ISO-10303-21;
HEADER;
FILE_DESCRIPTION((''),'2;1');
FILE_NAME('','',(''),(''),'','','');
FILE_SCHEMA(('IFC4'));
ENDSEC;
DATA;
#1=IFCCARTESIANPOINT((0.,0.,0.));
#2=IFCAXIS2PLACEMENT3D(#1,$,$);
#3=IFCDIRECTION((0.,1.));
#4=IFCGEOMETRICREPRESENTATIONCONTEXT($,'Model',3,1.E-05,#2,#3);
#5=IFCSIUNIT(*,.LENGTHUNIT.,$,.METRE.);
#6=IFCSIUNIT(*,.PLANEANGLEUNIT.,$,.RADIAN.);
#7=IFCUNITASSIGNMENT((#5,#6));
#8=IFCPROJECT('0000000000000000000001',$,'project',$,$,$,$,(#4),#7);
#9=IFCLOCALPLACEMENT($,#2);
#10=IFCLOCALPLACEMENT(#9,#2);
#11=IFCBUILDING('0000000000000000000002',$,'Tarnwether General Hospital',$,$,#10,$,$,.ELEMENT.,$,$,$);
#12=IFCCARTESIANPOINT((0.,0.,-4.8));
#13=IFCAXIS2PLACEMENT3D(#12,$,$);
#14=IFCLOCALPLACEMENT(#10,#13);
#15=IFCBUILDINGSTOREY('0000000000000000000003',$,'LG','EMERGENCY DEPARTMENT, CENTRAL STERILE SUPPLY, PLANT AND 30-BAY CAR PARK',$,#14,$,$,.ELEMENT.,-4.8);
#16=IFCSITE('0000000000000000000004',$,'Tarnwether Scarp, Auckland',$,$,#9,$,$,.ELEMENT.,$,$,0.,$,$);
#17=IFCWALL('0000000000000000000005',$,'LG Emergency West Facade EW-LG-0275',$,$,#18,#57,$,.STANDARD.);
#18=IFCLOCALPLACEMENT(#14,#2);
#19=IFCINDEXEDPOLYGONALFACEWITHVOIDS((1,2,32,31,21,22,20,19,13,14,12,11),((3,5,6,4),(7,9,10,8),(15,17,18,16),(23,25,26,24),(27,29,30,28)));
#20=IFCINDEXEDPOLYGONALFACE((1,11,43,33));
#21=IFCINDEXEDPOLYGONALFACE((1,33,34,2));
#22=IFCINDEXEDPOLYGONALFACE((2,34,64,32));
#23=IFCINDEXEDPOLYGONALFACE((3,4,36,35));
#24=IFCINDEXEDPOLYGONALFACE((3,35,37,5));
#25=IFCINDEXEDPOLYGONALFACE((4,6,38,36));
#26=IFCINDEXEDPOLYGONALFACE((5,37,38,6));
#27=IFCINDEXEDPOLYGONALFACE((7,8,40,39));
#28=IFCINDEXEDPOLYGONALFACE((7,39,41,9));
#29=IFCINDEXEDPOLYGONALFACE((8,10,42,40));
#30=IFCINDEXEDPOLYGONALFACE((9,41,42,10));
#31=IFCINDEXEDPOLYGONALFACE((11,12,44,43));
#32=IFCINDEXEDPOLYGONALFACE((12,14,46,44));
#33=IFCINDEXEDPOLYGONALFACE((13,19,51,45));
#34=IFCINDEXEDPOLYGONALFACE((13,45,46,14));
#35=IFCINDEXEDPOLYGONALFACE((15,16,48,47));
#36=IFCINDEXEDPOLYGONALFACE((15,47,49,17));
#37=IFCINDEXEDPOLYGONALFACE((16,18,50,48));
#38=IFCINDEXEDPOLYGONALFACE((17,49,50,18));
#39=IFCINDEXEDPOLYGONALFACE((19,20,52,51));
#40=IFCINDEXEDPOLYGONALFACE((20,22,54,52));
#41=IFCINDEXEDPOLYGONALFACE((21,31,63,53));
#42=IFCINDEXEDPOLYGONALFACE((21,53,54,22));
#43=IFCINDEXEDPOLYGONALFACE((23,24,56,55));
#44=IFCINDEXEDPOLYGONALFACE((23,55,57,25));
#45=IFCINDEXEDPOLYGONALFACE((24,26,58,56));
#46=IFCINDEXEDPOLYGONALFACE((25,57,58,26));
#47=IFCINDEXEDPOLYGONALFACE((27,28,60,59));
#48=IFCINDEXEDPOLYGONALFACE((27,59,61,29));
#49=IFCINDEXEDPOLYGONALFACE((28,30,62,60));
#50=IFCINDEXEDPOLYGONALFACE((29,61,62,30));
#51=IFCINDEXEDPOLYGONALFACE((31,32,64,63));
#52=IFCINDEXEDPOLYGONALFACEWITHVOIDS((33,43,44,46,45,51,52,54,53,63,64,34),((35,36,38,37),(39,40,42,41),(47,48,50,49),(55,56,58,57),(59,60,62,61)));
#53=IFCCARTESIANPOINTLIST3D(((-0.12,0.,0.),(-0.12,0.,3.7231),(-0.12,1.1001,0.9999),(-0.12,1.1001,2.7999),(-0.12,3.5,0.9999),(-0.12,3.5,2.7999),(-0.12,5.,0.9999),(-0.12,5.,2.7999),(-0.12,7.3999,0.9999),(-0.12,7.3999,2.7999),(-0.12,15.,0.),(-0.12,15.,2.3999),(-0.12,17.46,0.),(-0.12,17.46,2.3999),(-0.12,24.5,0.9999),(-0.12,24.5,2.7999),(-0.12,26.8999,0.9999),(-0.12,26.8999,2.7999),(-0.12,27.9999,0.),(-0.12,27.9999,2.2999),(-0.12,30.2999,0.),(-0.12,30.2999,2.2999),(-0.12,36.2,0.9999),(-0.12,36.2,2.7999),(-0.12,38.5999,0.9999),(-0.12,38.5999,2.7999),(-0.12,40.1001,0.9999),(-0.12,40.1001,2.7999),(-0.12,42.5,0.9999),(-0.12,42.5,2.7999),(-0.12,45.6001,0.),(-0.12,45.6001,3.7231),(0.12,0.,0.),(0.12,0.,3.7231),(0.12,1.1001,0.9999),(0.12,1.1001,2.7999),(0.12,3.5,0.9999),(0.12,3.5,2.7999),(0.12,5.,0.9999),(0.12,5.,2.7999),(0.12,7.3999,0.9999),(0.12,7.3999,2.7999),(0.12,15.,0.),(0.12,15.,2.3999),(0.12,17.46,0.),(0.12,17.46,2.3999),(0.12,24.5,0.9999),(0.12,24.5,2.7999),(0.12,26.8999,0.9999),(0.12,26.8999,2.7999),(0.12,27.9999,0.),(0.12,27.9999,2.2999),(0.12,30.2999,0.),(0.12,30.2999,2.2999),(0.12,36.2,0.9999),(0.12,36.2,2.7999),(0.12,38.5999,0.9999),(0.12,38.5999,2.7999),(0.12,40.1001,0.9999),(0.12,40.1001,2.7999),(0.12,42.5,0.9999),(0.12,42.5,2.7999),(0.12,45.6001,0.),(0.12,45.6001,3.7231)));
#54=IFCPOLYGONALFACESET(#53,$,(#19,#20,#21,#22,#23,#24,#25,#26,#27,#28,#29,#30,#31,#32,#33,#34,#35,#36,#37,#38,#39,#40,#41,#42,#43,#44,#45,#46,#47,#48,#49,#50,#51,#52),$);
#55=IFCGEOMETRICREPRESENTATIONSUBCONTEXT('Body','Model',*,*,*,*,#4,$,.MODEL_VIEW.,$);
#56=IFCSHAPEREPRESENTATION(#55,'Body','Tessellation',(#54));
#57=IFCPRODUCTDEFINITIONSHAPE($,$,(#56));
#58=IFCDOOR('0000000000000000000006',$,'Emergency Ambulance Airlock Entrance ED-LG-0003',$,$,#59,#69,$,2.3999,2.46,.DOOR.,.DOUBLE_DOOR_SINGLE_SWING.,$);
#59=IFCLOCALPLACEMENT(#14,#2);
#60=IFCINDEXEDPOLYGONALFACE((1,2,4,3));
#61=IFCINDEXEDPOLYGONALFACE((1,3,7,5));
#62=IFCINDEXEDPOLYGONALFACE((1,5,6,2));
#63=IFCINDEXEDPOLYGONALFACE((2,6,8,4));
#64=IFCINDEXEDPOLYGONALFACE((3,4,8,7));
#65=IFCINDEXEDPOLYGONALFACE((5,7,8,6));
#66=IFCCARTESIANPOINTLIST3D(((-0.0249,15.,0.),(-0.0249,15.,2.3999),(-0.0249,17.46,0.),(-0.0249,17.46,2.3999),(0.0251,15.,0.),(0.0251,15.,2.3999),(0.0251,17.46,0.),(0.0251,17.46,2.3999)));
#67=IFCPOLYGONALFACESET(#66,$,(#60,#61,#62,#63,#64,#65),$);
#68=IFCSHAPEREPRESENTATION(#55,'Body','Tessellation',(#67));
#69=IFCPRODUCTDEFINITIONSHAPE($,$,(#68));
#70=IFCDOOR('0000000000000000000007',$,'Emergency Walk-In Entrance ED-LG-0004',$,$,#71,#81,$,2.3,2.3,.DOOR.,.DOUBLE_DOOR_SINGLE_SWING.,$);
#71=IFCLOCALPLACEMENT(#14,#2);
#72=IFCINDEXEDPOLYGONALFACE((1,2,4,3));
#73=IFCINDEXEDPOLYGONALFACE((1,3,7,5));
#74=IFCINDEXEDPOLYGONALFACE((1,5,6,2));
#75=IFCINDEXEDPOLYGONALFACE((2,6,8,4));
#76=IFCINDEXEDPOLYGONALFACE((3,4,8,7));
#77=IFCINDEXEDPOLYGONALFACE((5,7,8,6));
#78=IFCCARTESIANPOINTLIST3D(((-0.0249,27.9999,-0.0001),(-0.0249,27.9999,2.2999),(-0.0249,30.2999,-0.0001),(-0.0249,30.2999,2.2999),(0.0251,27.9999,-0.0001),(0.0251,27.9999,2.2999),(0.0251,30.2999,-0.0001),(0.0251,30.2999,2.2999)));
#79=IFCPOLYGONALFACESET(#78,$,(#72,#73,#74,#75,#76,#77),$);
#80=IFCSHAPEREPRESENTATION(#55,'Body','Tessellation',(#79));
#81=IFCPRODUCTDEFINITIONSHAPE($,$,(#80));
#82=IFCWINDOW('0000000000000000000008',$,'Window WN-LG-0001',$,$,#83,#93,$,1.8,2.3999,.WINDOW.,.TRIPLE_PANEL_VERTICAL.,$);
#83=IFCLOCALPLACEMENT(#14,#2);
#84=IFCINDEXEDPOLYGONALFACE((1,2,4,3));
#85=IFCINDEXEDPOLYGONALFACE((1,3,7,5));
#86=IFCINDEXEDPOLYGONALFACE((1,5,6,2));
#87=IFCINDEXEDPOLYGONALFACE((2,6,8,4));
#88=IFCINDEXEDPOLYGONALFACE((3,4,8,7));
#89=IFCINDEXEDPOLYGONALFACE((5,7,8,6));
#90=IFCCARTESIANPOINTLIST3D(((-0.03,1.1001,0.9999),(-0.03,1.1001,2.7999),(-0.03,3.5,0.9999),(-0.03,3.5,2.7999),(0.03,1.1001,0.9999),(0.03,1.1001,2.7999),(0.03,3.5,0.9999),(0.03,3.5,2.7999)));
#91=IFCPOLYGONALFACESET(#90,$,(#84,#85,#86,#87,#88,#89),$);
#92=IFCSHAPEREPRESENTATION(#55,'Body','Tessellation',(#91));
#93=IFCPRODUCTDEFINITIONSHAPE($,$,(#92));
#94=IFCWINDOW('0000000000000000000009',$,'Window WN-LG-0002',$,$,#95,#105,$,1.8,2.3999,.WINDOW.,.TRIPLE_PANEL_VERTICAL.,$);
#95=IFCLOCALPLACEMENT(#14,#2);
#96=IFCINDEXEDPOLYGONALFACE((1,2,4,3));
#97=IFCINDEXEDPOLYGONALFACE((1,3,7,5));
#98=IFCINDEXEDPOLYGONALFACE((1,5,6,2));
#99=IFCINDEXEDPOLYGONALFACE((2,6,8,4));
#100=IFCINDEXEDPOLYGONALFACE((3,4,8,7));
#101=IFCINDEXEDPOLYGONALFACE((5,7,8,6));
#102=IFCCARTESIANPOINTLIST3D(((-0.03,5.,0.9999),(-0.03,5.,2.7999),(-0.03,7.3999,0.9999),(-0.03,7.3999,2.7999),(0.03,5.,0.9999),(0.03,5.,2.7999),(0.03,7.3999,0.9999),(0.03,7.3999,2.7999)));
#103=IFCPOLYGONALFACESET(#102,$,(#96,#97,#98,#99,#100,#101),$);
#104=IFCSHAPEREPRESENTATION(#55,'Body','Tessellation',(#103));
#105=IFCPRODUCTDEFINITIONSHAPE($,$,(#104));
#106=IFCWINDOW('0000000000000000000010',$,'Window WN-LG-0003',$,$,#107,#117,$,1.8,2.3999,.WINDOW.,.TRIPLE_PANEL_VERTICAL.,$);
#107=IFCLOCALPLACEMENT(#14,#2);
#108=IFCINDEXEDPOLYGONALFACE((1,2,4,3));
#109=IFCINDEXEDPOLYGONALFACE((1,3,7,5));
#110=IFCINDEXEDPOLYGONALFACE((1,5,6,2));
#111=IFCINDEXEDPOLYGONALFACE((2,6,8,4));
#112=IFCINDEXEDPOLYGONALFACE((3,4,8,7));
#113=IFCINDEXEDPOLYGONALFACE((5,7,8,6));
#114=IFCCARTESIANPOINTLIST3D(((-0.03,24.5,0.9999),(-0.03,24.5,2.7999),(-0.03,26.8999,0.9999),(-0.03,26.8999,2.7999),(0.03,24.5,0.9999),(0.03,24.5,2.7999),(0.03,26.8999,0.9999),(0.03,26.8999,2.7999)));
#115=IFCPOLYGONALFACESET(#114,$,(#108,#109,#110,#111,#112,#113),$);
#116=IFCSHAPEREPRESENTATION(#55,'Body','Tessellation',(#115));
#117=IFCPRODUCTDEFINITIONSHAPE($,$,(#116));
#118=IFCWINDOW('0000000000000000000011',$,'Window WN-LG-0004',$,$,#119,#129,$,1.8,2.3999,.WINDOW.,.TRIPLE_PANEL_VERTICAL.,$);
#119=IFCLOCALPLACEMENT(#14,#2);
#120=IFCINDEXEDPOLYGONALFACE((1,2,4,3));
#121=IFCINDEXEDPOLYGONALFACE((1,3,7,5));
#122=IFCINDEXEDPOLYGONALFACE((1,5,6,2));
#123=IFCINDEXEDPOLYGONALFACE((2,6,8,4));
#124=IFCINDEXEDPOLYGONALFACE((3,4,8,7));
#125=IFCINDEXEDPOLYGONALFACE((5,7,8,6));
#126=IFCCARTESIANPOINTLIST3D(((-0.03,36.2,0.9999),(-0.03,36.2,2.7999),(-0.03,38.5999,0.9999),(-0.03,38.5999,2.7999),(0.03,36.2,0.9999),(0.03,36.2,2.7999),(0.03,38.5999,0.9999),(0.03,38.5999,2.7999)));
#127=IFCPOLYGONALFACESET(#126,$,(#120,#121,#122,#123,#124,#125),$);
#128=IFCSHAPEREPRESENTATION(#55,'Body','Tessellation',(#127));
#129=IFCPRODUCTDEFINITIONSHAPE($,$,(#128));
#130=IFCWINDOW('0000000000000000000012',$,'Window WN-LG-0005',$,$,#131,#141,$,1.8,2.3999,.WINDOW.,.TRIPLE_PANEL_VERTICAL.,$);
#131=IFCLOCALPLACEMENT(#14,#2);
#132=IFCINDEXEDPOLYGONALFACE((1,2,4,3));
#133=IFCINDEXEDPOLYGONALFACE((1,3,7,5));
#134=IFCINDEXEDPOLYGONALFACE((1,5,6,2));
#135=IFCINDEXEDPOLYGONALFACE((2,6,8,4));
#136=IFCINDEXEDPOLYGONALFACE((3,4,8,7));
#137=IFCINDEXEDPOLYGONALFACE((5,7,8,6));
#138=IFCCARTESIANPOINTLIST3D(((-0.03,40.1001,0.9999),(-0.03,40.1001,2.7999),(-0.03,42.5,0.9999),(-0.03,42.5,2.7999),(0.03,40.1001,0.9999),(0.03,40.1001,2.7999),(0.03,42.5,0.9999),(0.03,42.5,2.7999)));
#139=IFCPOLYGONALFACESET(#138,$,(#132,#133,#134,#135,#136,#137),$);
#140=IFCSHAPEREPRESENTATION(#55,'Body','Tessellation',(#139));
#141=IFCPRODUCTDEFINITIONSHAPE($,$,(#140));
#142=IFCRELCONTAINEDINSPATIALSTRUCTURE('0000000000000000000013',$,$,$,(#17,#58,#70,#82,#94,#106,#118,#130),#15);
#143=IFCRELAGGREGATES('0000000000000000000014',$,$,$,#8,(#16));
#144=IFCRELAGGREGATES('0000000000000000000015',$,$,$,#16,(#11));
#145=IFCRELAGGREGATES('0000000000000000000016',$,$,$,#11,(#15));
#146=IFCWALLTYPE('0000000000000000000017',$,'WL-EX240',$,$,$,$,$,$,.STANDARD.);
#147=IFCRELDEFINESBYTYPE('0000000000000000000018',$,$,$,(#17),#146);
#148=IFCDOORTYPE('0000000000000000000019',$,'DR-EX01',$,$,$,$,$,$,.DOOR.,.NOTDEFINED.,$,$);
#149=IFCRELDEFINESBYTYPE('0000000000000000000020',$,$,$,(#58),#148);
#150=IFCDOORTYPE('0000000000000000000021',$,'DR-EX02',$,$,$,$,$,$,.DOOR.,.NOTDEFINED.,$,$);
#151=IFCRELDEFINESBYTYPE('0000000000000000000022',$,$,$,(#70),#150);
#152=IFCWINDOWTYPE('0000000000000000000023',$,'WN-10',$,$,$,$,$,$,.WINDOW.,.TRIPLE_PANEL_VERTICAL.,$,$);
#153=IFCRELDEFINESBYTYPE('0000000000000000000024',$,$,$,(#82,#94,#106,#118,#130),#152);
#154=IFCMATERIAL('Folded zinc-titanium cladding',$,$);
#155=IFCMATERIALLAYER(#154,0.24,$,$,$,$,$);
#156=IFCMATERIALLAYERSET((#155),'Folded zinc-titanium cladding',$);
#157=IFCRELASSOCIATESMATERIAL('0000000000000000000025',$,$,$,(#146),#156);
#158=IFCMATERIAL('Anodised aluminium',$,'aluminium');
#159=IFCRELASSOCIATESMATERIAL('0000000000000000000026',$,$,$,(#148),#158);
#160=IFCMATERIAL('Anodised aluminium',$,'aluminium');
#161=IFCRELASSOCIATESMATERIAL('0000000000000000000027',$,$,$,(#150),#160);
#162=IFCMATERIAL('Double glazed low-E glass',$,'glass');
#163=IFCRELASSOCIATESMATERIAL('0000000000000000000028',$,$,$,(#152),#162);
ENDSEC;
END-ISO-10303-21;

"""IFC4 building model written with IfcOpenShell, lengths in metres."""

from ifc_helpers import new_model, si_unit, direction, frame, frame_2d, origin, place, context, subcontext, project, spatial, rectangle, extrude, material, layer, layer_set, type_object, element, fill, save


model = new_model("IFC4")

# Units and contexts
model_context = context("Model", 3, precision=1e-05, world=origin(), true_north=direction((0.0, 1.0)))
body_context = subcontext(model_context, "Body", "Model", "MODEL_VIEW")
ifc_project = project(units=[si_unit("LENGTHUNIT", "METRE"), si_unit("PLANEANGLEUNIT", "RADIAN")], contexts=[model_context])

# Site, building, storey
site_placement = place(None, origin())
site = spatial("IfcSite", under=ifc_project, at=site_placement, Name="Tarnwether Scarp, Auckland", CompositionType="ELEMENT", RefElevation=0.0)
building_placement = place(site_placement, origin())
building = spatial("IfcBuilding", under=site, at=building_placement, Name="Tarnwether General Hospital", CompositionType="ELEMENT")
storey_placement = place(building_placement, frame((0.0, 0.0, -4.8)))
storey = spatial("IfcBuildingStorey", under=building, at=storey_placement, Name="LG", Description="EMERGENCY DEPARTMENT, CENTRAL STERILE SUPPLY, PLANT AND 30-BAY CAR PARK", CompositionType="ELEMENT", Elevation=-4.8)

# Wall, openings, doors, windows
ifc_material_1 = material(Name="Folded zinc-titanium cladding")
ifc_layer_1 = layer(ifc_material_1, 0.24)
ifc_layer_set_1 = layer_set([ifc_layer_1], Name="Folded zinc-titanium cladding")
wall_type = type_object("IfcWallType", Name="WL-EX240", PredefinedType="STANDARD", material=ifc_layer_set_1)
wall_placement = place(storey_placement, frame((0.0, 0.0, 0.0), z_axis=(0.0, 0.0, 1.0), x_axis=(0.0, 1.0, 0.0)))
wall = element("IfcWall", 1, at=wall_placement, inside=storey, type_object=wall_type, Name="LG Emergency West Facade EW-LG-0275", PredefinedType="STANDARD", context=body_context, shape_type="SweptSolid", body=[
    extrude(rectangle(XDim=45.6001, YDim=0.24, at=frame_2d((22.8, 0.0))), origin(), (0.0, 0.0, 1.0), 3.7231),
])
opening_1_placement = place(wall_placement, frame((15.0, 0.0, 0.0)))
opening_1 = element("IfcOpeningElement", 2, at=opening_1_placement, cuts=wall, PredefinedType="OPENING", context=body_context, shape_type="SweptSolid", body=[
    extrude(rectangle(XDim=2.46, YDim=2.3999, at=frame_2d((1.23, 1.2))), frame((0.0, 0.1299, 0.0), z_axis=(0.0, -1.0, 0.0), x_axis=(1.0, 0.0, 0.0)), (0.0, 0.0, 1.0), 0.26),
])
opening_2_placement = place(wall_placement, frame((28.0, 0.0, 0.0)))
opening_2 = element("IfcOpeningElement", 3, at=opening_2_placement, cuts=wall, PredefinedType="OPENING", context=body_context, shape_type="SweptSolid", body=[
    extrude(rectangle(XDim=2.3, YDim=2.3, at=frame_2d((1.1499, 1.1499))), frame((0.0, 0.1299, 0.0), z_axis=(0.0, -1.0, 0.0), x_axis=(1.0, 0.0, 0.0)), (0.0, 0.0, 1.0), 0.26),
])
opening_3_placement = place(wall_placement, frame((1.1001, 0.0, 1.0)))
opening_3 = element("IfcOpeningElement", 4, at=opening_3_placement, cuts=wall, PredefinedType="OPENING", context=body_context, shape_type="SweptSolid", body=[
    extrude(rectangle(XDim=2.3999, YDim=1.8, at=frame_2d((1.2, 0.8999))), frame((0.0, 0.1299, 0.0), z_axis=(0.0, -1.0, 0.0), x_axis=(1.0, 0.0, 0.0)), (0.0, 0.0, 1.0), 0.26),
])
opening_4_placement = place(wall_placement, frame((5.0, 0.0, 1.0)))
opening_4 = element("IfcOpeningElement", 5, at=opening_4_placement, cuts=wall, PredefinedType="OPENING", context=body_context, shape_type="SweptSolid", body=[
    extrude(rectangle(XDim=2.3999, YDim=1.8, at=frame_2d((1.2, 0.8999))), frame((0.0, 0.1299, 0.0), z_axis=(0.0, -1.0, 0.0), x_axis=(1.0, 0.0, 0.0)), (0.0, 0.0, 1.0), 0.26),
])
opening_5_placement = place(wall_placement, frame((24.5, 0.0, 1.0)))
opening_5 = element("IfcOpeningElement", 6, at=opening_5_placement, cuts=wall, PredefinedType="OPENING", context=body_context, shape_type="SweptSolid", body=[
    extrude(rectangle(XDim=2.3999, YDim=1.8, at=frame_2d((1.2, 0.8999))), frame((0.0, 0.1299, 0.0), z_axis=(0.0, -1.0, 0.0), x_axis=(1.0, 0.0, 0.0)), (0.0, 0.0, 1.0), 0.26),
])
opening_6_placement = place(wall_placement, frame((36.2, 0.0, 1.0)))
opening_6 = element("IfcOpeningElement", 7, at=opening_6_placement, cuts=wall, PredefinedType="OPENING", context=body_context, shape_type="SweptSolid", body=[
    extrude(rectangle(XDim=2.3999, YDim=1.8, at=frame_2d((1.2, 0.8999))), frame((0.0, 0.1299, 0.0), z_axis=(0.0, -1.0, 0.0), x_axis=(1.0, 0.0, 0.0)), (0.0, 0.0, 1.0), 0.26),
])
opening_7_placement = place(wall_placement, frame((40.1001, 0.0, 1.0)))
opening_7 = element("IfcOpeningElement", 8, at=opening_7_placement, cuts=wall, PredefinedType="OPENING", context=body_context, shape_type="SweptSolid", body=[
    extrude(rectangle(XDim=2.3999, YDim=1.8, at=frame_2d((1.2, 0.8999))), frame((0.0, 0.1299, 0.0), z_axis=(0.0, -1.0, 0.0), x_axis=(1.0, 0.0, 0.0)), (0.0, 0.0, 1.0), 0.26),
])
ifc_material_2 = material(Name="Anodised aluminium", Category="aluminium")
door_type_1 = type_object("IfcDoorType", Name="DR-EX01", OperationType="NOTDEFINED", PredefinedType="DOOR", material=ifc_material_2)
door_1_placement = place(opening_1_placement, origin())
door_1 = element("IfcDoor", 9, at=door_1_placement, inside=storey, type_object=door_type_1, Name="Emergency Ambulance Airlock Entrance ED-LG-0003", OperationType="DOUBLE_DOOR_SINGLE_SWING", OverallHeight=2.3999, OverallWidth=2.46, PredefinedType="DOOR", context=body_context, shape_type="SweptSolid", body=[
    extrude(rectangle(XDim=2.46, YDim=2.3999, at=frame_2d((1.23, 1.2))), frame((0.0, 0.0249, 0.0), z_axis=(0.0, -1.0, 0.0), x_axis=(1.0, 0.0, 0.0)), (0.0, 0.0, 1.0), 0.05),
])
fill(opening_1, door_1)
ifc_material_3 = material(Name="Anodised aluminium", Category="aluminium")
door_type_2 = type_object("IfcDoorType", Name="DR-EX02", OperationType="NOTDEFINED", PredefinedType="DOOR", material=ifc_material_3)
door_2_placement = place(opening_2_placement, origin())
door_2 = element("IfcDoor", 10, at=door_2_placement, inside=storey, type_object=door_type_2, Name="Emergency Walk-In Entrance ED-LG-0004", OperationType="DOUBLE_DOOR_SINGLE_SWING", OverallHeight=2.3, OverallWidth=2.3, PredefinedType="DOOR", context=body_context, shape_type="SweptSolid", body=[
    extrude(rectangle(XDim=2.3, YDim=2.3, at=frame_2d((1.1499, 1.1499))), frame((0.0, 0.0249, 0.0), z_axis=(0.0, -1.0, 0.0), x_axis=(1.0, 0.0, 0.0)), (0.0, 0.0, 1.0), 0.05),
])
fill(opening_2, door_2)
ifc_material_4 = material(Name="Double glazed low-E glass", Category="glass")
window_type = type_object("IfcWindowType", Name="WN-10", PartitioningType="TRIPLE_PANEL_VERTICAL", PredefinedType="WINDOW", material=ifc_material_4)
window_1_placement = place(opening_3_placement, origin())
window_1 = element("IfcWindow", 11, at=window_1_placement, inside=storey, type_object=window_type, Name="Window WN-LG-0001", OverallHeight=1.8, OverallWidth=2.3999, PartitioningType="TRIPLE_PANEL_VERTICAL", PredefinedType="WINDOW", context=body_context, shape_type="SweptSolid", body=[
    extrude(rectangle(XDim=2.3999, YDim=1.8, at=frame_2d((1.2, 0.8999))), frame((0.0, 0.03, 0.0), z_axis=(0.0, -1.0, 0.0), x_axis=(1.0, 0.0, 0.0)), (0.0, 0.0, 1.0), 0.0601),
])
fill(opening_3, window_1)
window_2_placement = place(opening_4_placement, origin())
window_2 = element("IfcWindow", 12, at=window_2_placement, inside=storey, type_object=window_type, Name="Window WN-LG-0002", OverallHeight=1.8, OverallWidth=2.3999, PartitioningType="TRIPLE_PANEL_VERTICAL", PredefinedType="WINDOW", context=body_context, shape_type="SweptSolid", body=[
    extrude(rectangle(XDim=2.3999, YDim=1.8, at=frame_2d((1.2, 0.8999))), frame((0.0, 0.03, 0.0), z_axis=(0.0, -1.0, 0.0), x_axis=(1.0, 0.0, 0.0)), (0.0, 0.0, 1.0), 0.0601),
])
fill(opening_4, window_2)
window_3_placement = place(opening_5_placement, origin())
window_3 = element("IfcWindow", 13, at=window_3_placement, inside=storey, type_object=window_type, Name="Window WN-LG-0003", OverallHeight=1.8, OverallWidth=2.3999, PartitioningType="TRIPLE_PANEL_VERTICAL", PredefinedType="WINDOW", context=body_context, shape_type="SweptSolid", body=[
    extrude(rectangle(XDim=2.3999, YDim=1.8, at=frame_2d((1.2, 0.8999))), frame((0.0, 0.03, 0.0), z_axis=(0.0, -1.0, 0.0), x_axis=(1.0, 0.0, 0.0)), (0.0, 0.0, 1.0), 0.0601),
])
fill(opening_5, window_3)
window_4_placement = place(opening_6_placement, origin())
window_4 = element("IfcWindow", 14, at=window_4_placement, inside=storey, type_object=window_type, Name="Window WN-LG-0004", OverallHeight=1.8, OverallWidth=2.3999, PartitioningType="TRIPLE_PANEL_VERTICAL", PredefinedType="WINDOW", context=body_context, shape_type="SweptSolid", body=[
    extrude(rectangle(XDim=2.3999, YDim=1.8, at=frame_2d((1.2, 0.8999))), frame((0.0, 0.03, 0.0), z_axis=(0.0, -1.0, 0.0), x_axis=(1.0, 0.0, 0.0)), (0.0, 0.0, 1.0), 0.0601),
])
fill(opening_6, window_4)
window_5_placement = place(opening_7_placement, origin())
window_5 = element("IfcWindow", 15, at=window_5_placement, inside=storey, type_object=window_type, Name="Window WN-LG-0005", OverallHeight=1.8, OverallWidth=2.3999, PartitioningType="TRIPLE_PANEL_VERTICAL", PredefinedType="WINDOW", context=body_context, shape_type="SweptSolid", body=[
    extrude(rectangle(XDim=2.3999, YDim=1.8, at=frame_2d((1.2, 0.8999))), frame((0.0, 0.03, 0.0), z_axis=(0.0, -1.0, 0.0), x_axis=(1.0, 0.0, 0.0)), (0.0, 0.0, 1.0), 0.0601),
])
fill(opening_7, window_5)

save(model, "model.ifc")
